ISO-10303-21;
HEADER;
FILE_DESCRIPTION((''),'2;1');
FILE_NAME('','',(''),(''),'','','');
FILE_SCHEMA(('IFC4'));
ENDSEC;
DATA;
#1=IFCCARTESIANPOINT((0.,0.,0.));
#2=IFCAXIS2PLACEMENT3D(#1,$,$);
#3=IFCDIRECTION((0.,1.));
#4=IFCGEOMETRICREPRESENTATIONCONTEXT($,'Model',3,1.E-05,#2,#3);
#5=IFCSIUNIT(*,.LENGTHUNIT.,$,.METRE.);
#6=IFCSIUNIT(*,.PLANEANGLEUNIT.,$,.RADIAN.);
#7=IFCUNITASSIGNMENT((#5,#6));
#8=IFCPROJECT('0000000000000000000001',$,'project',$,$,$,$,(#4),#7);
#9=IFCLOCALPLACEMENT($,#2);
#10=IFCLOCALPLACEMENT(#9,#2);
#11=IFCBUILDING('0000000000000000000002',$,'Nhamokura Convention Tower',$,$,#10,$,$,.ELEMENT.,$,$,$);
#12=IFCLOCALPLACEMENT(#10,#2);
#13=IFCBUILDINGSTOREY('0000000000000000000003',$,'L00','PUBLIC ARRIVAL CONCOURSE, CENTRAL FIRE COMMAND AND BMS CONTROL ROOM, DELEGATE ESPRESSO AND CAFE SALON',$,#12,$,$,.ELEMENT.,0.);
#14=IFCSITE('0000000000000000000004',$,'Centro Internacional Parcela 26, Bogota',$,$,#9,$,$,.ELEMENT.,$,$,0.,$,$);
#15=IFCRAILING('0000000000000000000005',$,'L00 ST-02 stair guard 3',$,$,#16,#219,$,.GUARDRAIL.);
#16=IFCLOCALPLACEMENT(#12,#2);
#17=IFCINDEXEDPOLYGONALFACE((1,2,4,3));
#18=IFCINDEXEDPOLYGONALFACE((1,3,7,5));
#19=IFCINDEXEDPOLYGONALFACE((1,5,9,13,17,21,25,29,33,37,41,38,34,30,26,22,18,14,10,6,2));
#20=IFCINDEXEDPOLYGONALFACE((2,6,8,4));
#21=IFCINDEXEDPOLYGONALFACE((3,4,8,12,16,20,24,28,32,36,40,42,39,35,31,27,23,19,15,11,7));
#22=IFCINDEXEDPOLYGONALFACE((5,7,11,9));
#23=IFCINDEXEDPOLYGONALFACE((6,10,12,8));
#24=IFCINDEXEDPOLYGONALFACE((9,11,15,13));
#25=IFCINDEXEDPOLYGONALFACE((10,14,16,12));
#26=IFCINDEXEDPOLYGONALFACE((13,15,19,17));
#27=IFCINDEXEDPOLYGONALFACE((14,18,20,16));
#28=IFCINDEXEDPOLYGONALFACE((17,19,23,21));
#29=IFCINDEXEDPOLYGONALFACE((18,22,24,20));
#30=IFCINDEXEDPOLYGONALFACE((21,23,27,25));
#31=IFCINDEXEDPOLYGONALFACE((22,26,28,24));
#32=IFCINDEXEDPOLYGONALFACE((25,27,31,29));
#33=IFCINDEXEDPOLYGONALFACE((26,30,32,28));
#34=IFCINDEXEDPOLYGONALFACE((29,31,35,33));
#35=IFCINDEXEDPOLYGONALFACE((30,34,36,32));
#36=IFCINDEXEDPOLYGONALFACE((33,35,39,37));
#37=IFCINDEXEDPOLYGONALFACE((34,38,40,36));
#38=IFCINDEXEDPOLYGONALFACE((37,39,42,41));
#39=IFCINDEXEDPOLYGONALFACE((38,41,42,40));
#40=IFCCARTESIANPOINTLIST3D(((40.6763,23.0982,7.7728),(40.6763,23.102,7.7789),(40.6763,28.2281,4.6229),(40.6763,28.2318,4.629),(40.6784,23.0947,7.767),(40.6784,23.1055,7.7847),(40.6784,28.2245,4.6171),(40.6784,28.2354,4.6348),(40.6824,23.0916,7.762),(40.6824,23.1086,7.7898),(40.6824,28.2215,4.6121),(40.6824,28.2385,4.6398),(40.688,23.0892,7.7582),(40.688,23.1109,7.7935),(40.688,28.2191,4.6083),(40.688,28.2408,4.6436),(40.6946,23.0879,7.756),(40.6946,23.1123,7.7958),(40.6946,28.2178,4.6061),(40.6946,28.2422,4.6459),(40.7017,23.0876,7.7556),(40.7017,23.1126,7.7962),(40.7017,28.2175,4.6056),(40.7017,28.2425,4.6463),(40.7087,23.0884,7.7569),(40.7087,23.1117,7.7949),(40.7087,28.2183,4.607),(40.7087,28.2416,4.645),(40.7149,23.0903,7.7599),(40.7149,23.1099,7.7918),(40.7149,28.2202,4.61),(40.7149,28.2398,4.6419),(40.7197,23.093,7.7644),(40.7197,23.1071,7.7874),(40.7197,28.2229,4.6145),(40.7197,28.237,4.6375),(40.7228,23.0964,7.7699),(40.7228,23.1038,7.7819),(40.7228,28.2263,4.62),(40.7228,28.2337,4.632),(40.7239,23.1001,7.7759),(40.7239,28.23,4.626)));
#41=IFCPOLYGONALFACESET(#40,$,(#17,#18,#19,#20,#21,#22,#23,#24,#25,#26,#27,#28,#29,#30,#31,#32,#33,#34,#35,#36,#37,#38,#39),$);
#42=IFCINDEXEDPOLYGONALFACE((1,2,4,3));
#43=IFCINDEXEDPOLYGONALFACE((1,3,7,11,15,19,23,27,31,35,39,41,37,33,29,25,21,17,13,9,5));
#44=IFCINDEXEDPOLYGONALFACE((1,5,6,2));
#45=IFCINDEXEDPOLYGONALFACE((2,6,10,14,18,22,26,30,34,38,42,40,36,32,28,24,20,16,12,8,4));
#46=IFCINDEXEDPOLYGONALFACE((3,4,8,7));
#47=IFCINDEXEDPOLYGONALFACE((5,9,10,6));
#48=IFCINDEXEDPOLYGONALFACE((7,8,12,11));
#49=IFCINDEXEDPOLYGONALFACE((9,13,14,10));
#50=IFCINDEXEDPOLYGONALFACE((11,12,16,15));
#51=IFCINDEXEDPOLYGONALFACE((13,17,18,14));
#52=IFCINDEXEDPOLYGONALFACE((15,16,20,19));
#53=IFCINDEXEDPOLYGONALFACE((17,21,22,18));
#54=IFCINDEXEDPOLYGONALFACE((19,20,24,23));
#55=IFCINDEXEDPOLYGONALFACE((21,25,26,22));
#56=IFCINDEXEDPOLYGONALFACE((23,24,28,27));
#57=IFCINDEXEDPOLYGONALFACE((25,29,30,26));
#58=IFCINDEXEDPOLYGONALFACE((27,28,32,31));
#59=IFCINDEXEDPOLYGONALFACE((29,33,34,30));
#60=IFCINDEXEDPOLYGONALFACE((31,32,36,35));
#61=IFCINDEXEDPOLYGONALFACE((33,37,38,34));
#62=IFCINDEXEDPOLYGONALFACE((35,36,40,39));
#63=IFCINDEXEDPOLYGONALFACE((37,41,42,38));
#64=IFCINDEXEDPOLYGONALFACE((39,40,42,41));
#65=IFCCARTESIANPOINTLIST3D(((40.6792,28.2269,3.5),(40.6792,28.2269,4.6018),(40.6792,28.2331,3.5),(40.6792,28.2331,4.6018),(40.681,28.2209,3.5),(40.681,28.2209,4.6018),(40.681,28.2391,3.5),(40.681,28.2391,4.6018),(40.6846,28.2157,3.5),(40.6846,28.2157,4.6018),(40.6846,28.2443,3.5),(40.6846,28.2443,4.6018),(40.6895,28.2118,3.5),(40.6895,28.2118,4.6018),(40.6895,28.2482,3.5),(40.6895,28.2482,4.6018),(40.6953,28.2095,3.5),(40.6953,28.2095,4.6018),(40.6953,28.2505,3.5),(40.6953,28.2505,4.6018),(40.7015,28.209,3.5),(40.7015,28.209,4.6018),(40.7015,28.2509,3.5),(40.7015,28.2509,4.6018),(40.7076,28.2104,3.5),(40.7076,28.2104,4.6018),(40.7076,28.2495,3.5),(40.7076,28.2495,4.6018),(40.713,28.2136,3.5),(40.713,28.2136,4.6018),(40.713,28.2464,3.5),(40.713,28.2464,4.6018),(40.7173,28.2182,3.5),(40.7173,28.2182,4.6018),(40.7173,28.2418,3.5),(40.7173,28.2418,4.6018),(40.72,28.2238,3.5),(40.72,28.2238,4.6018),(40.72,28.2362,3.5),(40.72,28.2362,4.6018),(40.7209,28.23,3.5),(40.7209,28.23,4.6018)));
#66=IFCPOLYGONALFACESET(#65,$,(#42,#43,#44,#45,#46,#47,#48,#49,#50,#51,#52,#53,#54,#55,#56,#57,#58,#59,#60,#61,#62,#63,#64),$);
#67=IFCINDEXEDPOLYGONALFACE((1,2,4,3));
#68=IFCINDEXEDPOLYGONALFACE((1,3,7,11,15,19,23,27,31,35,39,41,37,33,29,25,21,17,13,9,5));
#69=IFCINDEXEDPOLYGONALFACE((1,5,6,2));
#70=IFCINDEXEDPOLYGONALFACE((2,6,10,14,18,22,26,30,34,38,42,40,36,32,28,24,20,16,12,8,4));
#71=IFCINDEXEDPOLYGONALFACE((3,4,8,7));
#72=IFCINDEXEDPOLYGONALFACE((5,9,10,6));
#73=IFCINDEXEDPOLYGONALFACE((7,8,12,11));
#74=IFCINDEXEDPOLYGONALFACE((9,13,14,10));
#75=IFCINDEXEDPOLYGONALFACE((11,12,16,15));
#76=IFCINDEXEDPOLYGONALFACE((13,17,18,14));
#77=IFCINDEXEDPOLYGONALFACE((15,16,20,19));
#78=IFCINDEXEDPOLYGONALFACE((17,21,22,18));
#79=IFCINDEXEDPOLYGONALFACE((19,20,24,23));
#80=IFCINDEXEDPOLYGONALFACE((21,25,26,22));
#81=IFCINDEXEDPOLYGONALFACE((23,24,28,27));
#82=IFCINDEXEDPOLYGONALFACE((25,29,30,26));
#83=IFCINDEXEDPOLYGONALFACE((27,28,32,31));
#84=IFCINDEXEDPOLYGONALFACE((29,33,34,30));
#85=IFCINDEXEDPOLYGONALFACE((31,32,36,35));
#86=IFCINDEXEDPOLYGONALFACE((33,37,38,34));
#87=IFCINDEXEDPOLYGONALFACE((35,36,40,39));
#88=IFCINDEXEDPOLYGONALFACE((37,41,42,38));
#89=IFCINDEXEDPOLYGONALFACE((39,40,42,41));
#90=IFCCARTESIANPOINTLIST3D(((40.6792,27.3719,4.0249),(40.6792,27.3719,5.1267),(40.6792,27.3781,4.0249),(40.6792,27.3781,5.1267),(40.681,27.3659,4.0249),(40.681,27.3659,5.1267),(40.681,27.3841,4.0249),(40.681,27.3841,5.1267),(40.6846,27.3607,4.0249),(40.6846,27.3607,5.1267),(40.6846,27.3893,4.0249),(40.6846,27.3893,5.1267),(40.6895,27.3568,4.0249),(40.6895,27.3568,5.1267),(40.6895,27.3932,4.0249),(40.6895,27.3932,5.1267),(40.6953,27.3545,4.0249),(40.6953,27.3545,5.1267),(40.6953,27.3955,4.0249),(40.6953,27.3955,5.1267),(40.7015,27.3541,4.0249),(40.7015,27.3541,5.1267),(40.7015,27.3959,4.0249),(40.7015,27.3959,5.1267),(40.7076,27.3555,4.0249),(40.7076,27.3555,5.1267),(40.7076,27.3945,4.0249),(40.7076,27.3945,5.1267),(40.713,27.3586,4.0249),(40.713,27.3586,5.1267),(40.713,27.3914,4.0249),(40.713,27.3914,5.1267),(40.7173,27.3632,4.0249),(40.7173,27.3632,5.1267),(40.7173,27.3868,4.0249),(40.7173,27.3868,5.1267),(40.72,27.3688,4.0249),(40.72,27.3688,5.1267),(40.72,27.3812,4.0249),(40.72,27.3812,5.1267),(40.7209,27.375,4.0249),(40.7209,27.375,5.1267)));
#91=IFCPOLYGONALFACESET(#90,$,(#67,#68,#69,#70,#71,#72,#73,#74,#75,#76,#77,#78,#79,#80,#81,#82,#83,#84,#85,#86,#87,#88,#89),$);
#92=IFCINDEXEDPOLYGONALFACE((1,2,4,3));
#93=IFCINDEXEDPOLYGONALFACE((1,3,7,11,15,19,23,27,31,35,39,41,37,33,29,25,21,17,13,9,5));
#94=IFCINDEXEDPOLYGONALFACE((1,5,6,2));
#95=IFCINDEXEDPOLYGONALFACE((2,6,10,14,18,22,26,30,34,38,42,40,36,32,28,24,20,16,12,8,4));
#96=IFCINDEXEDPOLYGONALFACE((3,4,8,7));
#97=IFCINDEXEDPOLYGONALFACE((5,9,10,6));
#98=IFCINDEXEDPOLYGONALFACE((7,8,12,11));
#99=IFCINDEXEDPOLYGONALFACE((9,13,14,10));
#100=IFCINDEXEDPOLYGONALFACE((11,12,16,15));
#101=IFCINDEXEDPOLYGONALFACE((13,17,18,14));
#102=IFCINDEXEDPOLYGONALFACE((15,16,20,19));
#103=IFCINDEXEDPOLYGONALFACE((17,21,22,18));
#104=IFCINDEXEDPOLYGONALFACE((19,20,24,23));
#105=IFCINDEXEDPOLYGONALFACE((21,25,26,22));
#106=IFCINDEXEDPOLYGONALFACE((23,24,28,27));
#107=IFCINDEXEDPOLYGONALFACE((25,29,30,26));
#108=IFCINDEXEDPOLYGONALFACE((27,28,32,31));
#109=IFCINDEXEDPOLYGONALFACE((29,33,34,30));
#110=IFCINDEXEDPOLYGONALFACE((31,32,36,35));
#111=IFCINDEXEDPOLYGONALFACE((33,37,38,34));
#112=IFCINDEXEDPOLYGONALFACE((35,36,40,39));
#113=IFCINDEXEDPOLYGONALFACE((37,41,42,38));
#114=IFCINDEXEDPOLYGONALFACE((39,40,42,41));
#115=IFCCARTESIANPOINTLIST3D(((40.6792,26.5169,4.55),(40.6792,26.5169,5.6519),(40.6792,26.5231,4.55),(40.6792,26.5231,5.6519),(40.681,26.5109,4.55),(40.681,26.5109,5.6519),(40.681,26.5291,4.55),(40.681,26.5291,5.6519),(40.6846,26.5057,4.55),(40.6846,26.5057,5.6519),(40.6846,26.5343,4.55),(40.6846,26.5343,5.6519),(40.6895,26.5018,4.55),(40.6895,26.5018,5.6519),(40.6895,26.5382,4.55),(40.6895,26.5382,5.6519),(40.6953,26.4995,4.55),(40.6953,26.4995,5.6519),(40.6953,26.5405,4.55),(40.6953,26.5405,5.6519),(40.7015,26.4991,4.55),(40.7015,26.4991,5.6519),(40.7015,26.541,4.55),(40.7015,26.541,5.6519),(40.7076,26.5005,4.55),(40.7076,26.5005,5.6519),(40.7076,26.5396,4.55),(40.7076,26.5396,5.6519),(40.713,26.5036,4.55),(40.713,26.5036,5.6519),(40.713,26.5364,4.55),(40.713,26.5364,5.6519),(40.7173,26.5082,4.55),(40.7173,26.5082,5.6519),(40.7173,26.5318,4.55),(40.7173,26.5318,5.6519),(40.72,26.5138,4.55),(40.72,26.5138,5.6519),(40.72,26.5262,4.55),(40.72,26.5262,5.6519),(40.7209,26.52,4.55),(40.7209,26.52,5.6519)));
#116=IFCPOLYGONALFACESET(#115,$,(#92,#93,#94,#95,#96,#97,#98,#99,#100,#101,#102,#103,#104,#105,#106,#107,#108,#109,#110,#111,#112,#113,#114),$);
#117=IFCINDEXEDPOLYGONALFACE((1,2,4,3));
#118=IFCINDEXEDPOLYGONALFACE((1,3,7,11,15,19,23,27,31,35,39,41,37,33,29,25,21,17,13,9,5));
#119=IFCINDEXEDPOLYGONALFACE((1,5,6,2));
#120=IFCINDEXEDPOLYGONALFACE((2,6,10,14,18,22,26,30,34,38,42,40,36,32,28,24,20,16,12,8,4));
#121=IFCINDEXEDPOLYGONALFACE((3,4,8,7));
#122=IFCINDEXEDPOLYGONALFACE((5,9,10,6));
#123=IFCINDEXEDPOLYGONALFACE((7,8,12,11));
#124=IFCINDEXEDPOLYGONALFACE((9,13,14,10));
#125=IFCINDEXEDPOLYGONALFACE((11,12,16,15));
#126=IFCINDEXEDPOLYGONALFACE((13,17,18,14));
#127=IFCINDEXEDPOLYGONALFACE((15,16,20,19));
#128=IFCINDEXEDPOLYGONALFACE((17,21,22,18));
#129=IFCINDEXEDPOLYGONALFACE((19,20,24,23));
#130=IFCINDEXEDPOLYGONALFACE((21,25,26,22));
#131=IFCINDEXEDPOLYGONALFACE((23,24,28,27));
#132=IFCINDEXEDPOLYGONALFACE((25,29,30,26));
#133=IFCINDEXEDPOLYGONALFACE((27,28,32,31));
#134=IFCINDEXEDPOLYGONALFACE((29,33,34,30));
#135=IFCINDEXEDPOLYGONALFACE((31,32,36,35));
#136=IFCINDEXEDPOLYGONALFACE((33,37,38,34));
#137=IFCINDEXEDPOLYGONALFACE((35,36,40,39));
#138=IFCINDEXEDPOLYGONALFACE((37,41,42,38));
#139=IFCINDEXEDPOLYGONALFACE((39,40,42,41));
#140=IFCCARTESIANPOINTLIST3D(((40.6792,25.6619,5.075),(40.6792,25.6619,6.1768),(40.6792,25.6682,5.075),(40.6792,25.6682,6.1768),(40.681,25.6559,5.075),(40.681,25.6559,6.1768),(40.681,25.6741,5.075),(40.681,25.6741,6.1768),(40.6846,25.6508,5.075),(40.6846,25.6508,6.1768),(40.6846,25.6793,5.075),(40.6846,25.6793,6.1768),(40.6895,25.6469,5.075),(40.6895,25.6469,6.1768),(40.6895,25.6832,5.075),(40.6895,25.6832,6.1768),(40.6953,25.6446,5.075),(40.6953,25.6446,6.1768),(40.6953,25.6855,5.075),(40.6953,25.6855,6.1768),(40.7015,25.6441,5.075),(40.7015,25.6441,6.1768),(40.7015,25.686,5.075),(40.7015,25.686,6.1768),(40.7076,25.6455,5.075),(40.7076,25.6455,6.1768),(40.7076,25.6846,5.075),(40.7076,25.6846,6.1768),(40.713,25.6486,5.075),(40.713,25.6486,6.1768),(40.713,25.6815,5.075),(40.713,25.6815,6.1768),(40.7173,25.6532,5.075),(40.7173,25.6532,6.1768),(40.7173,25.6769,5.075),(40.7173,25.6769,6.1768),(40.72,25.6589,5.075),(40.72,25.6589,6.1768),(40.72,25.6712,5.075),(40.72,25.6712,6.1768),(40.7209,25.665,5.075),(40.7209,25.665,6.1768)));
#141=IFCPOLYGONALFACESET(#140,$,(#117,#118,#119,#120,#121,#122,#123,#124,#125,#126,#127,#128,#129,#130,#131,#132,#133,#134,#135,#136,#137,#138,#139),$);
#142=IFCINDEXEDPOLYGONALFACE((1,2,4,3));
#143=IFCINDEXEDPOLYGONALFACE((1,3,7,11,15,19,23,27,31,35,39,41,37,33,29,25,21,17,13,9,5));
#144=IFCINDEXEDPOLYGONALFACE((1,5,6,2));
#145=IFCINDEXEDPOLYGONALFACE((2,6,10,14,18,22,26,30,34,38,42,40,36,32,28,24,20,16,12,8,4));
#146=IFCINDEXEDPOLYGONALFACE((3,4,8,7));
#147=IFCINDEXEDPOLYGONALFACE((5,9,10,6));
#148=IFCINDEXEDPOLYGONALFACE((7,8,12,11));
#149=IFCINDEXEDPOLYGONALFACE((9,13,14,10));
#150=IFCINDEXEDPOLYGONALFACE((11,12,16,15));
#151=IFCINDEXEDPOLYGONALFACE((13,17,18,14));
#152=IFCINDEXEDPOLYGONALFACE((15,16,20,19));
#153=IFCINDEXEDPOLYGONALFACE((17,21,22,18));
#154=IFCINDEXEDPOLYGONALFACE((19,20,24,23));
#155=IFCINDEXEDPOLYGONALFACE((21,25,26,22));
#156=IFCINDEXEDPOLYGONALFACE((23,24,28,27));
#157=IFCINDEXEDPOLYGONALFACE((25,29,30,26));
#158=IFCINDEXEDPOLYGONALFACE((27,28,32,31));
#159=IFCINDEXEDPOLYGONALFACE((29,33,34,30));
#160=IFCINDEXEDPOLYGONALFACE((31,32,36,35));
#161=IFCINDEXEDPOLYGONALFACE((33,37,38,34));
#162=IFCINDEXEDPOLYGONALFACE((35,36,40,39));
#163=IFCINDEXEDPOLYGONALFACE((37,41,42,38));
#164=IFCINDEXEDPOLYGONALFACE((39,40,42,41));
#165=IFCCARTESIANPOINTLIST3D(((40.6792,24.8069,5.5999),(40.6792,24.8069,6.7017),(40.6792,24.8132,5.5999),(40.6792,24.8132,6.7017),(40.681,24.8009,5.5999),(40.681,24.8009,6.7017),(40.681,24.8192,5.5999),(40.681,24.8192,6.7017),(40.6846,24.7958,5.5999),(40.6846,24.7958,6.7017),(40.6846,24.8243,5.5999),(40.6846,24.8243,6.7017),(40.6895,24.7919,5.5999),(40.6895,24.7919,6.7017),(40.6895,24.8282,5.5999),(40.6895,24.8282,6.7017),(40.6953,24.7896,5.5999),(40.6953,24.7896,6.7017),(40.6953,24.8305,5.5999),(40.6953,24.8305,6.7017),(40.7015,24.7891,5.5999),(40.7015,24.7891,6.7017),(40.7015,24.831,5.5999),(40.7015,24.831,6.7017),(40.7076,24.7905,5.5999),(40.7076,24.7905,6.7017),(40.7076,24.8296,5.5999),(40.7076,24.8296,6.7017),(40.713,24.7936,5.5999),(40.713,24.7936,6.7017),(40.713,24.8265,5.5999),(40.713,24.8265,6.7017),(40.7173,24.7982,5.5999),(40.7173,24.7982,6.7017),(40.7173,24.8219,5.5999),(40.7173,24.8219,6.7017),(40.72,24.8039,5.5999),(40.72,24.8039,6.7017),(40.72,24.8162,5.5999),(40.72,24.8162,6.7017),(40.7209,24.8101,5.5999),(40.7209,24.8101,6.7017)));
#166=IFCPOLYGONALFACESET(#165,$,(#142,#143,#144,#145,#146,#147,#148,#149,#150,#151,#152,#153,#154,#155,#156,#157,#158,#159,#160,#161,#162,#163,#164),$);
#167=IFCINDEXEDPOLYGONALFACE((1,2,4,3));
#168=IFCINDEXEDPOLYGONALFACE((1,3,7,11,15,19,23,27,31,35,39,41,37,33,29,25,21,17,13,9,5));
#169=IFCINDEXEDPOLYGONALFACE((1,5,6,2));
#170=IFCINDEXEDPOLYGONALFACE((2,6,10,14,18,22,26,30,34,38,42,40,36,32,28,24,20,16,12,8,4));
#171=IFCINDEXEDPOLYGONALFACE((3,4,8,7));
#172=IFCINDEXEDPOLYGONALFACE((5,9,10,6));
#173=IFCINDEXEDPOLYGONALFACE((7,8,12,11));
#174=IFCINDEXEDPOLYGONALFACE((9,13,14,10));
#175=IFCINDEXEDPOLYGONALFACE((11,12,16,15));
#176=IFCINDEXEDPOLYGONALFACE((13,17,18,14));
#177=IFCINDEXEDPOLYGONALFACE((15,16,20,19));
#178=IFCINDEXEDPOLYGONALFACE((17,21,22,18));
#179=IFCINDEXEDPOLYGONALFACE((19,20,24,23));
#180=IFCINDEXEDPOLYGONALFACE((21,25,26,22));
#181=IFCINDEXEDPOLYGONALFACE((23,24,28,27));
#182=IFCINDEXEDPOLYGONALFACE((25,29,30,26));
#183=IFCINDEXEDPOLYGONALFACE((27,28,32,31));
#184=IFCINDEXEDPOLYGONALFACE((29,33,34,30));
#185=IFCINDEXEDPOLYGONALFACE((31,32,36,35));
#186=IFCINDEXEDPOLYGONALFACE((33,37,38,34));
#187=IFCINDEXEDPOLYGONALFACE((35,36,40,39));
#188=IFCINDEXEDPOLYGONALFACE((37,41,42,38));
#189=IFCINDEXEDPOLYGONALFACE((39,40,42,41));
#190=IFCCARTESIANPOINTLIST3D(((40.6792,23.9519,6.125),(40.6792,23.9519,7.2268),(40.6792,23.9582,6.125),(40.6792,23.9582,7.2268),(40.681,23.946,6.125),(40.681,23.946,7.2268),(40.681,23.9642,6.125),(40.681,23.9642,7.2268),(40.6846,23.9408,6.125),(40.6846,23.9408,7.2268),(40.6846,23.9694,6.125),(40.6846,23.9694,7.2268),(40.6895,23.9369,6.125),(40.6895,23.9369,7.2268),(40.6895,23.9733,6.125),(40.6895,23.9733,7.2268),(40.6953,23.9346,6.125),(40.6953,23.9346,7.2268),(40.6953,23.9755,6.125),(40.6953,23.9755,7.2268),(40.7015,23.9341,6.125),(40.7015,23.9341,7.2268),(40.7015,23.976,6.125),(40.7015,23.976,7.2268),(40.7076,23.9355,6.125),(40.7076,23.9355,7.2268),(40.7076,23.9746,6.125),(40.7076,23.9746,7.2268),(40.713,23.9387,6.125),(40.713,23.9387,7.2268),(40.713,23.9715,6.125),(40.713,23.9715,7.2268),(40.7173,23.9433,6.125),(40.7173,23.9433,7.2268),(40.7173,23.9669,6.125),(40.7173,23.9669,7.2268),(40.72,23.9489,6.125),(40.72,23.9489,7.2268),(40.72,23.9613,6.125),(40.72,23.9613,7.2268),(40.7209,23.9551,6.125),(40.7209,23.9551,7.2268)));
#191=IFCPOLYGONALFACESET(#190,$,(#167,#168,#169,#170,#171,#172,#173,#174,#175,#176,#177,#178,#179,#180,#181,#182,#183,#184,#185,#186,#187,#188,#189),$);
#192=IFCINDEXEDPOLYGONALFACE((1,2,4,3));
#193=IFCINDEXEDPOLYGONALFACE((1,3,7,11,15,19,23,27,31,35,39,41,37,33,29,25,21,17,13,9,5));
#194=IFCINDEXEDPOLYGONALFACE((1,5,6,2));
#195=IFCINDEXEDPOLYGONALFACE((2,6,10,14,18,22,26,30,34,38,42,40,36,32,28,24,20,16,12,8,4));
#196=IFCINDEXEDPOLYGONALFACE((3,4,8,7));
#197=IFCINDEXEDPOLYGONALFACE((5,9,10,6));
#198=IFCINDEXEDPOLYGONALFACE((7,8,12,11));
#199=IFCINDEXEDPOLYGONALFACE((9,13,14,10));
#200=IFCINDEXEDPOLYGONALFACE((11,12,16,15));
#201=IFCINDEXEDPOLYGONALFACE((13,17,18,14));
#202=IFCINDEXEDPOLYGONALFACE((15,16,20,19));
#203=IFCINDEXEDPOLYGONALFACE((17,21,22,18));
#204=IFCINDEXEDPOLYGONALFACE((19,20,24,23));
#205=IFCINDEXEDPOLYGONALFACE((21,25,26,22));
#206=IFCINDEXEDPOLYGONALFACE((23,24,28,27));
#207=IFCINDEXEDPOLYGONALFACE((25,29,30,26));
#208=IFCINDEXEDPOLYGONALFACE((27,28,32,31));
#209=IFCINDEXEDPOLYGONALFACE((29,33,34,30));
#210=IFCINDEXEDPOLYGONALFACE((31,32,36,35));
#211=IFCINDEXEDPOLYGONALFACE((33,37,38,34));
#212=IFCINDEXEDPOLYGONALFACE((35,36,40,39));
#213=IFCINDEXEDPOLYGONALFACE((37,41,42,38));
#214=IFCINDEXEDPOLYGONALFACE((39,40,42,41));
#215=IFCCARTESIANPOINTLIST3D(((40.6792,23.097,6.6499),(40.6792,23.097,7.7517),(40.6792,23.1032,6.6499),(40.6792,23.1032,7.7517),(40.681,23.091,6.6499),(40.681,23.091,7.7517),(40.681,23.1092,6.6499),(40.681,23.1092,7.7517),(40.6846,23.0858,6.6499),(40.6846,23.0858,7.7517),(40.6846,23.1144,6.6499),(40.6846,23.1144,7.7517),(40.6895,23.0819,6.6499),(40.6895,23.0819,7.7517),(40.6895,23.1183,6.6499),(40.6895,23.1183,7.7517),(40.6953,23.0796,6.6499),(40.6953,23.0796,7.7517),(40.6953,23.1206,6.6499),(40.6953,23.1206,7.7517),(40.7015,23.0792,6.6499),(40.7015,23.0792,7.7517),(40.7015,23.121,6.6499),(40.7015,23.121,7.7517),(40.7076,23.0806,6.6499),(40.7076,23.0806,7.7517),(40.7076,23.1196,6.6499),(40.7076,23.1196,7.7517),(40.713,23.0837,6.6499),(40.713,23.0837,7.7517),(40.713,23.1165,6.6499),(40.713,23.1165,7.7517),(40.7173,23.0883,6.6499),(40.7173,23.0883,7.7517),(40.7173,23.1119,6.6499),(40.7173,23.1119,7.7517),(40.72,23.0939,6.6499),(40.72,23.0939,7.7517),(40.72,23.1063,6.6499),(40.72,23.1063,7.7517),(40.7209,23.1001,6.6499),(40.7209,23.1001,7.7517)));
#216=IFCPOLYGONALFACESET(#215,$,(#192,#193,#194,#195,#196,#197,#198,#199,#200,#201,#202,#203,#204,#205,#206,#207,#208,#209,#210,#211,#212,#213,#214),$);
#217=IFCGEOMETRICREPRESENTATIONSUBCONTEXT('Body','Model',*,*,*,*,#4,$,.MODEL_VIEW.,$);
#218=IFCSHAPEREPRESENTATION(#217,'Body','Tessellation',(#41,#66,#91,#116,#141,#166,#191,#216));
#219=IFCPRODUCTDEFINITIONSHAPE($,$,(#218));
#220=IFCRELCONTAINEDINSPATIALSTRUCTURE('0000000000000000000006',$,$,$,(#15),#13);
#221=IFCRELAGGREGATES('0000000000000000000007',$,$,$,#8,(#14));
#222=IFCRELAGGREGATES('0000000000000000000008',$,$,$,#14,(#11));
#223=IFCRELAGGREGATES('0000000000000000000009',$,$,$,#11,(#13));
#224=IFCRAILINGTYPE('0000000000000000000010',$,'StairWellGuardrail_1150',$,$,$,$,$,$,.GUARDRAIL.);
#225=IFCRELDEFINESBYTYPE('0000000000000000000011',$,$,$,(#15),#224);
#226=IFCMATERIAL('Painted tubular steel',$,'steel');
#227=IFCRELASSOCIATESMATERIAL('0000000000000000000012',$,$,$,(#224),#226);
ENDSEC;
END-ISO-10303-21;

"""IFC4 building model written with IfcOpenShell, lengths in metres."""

from ifc_helpers import new_model, si_unit, direction, frame, origin, origin_2d, place, context, subcontext, project, spatial, circle, extrude, material, type_object, element, save


model = new_model("IFC4")

# Units and contexts
model_context = context("Model", 3, precision=1e-05, world=origin(), true_north=direction((0.0, 1.0)))
body_context = subcontext(model_context, "Body", "Model", "MODEL_VIEW")
ifc_project = project(units=[si_unit("LENGTHUNIT", "METRE"), si_unit("PLANEANGLEUNIT", "RADIAN")], contexts=[model_context])

# Site, building, storey
site_placement = place(None, origin())
site = spatial("IfcSite", under=ifc_project, at=site_placement, Name="Centro Internacional Parcela 26, Bogota", CompositionType="ELEMENT", RefElevation=0.0)
building_placement = place(site_placement, origin())
building = spatial("IfcBuilding", under=site, at=building_placement, Name="Nhamokura Convention Tower", CompositionType="ELEMENT")
storey_placement = place(building_placement, origin())
storey = spatial("IfcBuildingStorey", under=building, at=storey_placement, Name="L00", Description="PUBLIC ARRIVAL CONCOURSE, CENTRAL FIRE COMMAND AND BMS CONTROL ROOM, DELEGATE ESPRESSO AND CAFE SALON", CompositionType="ELEMENT", Elevation=0.0)

# Railing
ifc_material_1 = material(Name="Painted tubular steel", Category="steel")
railing_type_1 = type_object("IfcRailingType", Name="StairWellGuardrail_1150", PredefinedType="GUARDRAIL", material=ifc_material_1)
railing_1_placement = place(storey_placement, frame((40.7, 28.23, 3.5)))
element("IfcRailing", 1, at=railing_1_placement, inside=storey, type_object=railing_type_1, Name="L00 ST-02 stair guard 3", PredefinedType="GUARDRAIL", context=body_context, shape_type="SweptSolid", body=[
    extrude(circle(Radius=0.0239, at=origin_2d()), frame((0.0, 0.0, 1.126), z_axis=(0.0, -0.852173, 0.52326), x_axis=(1.0, 0.0, 0.0)), (0.0, 0.0, 1.0), 6.0198),
    extrude(circle(Radius=0.021, at=origin_2d()), origin(), (0.0, 0.0, 1.0), 1.1018),
    extrude(circle(Radius=0.021, at=origin_2d()), frame((0.0, -0.855, 0.5249)), (0.0, 0.0, 1.0), 1.1018),
    extrude(circle(Radius=0.021, at=origin_2d()), frame((0.0, -1.71, 1.05)), (0.0, 0.0, 1.0), 1.1018),
    extrude(circle(Radius=0.021, at=origin_2d()), frame((0.0, -2.5649, 1.575)), (0.0, 0.0, 1.0), 1.1018),
    extrude(circle(Radius=0.021, at=origin_2d()), frame((0.0, -3.4199, 2.0999)), (0.0, 0.0, 1.0), 1.1018),
    extrude(circle(Radius=0.021, at=origin_2d()), frame((0.0, -4.2749, 2.625)), (0.0, 0.0, 1.0), 1.1018),
    extrude(circle(Radius=0.021, at=origin_2d()), frame((0.0, -5.1299, 3.1499)), (0.0, 0.0, 1.0), 1.1018),
])

save(model, "model.ifc")
